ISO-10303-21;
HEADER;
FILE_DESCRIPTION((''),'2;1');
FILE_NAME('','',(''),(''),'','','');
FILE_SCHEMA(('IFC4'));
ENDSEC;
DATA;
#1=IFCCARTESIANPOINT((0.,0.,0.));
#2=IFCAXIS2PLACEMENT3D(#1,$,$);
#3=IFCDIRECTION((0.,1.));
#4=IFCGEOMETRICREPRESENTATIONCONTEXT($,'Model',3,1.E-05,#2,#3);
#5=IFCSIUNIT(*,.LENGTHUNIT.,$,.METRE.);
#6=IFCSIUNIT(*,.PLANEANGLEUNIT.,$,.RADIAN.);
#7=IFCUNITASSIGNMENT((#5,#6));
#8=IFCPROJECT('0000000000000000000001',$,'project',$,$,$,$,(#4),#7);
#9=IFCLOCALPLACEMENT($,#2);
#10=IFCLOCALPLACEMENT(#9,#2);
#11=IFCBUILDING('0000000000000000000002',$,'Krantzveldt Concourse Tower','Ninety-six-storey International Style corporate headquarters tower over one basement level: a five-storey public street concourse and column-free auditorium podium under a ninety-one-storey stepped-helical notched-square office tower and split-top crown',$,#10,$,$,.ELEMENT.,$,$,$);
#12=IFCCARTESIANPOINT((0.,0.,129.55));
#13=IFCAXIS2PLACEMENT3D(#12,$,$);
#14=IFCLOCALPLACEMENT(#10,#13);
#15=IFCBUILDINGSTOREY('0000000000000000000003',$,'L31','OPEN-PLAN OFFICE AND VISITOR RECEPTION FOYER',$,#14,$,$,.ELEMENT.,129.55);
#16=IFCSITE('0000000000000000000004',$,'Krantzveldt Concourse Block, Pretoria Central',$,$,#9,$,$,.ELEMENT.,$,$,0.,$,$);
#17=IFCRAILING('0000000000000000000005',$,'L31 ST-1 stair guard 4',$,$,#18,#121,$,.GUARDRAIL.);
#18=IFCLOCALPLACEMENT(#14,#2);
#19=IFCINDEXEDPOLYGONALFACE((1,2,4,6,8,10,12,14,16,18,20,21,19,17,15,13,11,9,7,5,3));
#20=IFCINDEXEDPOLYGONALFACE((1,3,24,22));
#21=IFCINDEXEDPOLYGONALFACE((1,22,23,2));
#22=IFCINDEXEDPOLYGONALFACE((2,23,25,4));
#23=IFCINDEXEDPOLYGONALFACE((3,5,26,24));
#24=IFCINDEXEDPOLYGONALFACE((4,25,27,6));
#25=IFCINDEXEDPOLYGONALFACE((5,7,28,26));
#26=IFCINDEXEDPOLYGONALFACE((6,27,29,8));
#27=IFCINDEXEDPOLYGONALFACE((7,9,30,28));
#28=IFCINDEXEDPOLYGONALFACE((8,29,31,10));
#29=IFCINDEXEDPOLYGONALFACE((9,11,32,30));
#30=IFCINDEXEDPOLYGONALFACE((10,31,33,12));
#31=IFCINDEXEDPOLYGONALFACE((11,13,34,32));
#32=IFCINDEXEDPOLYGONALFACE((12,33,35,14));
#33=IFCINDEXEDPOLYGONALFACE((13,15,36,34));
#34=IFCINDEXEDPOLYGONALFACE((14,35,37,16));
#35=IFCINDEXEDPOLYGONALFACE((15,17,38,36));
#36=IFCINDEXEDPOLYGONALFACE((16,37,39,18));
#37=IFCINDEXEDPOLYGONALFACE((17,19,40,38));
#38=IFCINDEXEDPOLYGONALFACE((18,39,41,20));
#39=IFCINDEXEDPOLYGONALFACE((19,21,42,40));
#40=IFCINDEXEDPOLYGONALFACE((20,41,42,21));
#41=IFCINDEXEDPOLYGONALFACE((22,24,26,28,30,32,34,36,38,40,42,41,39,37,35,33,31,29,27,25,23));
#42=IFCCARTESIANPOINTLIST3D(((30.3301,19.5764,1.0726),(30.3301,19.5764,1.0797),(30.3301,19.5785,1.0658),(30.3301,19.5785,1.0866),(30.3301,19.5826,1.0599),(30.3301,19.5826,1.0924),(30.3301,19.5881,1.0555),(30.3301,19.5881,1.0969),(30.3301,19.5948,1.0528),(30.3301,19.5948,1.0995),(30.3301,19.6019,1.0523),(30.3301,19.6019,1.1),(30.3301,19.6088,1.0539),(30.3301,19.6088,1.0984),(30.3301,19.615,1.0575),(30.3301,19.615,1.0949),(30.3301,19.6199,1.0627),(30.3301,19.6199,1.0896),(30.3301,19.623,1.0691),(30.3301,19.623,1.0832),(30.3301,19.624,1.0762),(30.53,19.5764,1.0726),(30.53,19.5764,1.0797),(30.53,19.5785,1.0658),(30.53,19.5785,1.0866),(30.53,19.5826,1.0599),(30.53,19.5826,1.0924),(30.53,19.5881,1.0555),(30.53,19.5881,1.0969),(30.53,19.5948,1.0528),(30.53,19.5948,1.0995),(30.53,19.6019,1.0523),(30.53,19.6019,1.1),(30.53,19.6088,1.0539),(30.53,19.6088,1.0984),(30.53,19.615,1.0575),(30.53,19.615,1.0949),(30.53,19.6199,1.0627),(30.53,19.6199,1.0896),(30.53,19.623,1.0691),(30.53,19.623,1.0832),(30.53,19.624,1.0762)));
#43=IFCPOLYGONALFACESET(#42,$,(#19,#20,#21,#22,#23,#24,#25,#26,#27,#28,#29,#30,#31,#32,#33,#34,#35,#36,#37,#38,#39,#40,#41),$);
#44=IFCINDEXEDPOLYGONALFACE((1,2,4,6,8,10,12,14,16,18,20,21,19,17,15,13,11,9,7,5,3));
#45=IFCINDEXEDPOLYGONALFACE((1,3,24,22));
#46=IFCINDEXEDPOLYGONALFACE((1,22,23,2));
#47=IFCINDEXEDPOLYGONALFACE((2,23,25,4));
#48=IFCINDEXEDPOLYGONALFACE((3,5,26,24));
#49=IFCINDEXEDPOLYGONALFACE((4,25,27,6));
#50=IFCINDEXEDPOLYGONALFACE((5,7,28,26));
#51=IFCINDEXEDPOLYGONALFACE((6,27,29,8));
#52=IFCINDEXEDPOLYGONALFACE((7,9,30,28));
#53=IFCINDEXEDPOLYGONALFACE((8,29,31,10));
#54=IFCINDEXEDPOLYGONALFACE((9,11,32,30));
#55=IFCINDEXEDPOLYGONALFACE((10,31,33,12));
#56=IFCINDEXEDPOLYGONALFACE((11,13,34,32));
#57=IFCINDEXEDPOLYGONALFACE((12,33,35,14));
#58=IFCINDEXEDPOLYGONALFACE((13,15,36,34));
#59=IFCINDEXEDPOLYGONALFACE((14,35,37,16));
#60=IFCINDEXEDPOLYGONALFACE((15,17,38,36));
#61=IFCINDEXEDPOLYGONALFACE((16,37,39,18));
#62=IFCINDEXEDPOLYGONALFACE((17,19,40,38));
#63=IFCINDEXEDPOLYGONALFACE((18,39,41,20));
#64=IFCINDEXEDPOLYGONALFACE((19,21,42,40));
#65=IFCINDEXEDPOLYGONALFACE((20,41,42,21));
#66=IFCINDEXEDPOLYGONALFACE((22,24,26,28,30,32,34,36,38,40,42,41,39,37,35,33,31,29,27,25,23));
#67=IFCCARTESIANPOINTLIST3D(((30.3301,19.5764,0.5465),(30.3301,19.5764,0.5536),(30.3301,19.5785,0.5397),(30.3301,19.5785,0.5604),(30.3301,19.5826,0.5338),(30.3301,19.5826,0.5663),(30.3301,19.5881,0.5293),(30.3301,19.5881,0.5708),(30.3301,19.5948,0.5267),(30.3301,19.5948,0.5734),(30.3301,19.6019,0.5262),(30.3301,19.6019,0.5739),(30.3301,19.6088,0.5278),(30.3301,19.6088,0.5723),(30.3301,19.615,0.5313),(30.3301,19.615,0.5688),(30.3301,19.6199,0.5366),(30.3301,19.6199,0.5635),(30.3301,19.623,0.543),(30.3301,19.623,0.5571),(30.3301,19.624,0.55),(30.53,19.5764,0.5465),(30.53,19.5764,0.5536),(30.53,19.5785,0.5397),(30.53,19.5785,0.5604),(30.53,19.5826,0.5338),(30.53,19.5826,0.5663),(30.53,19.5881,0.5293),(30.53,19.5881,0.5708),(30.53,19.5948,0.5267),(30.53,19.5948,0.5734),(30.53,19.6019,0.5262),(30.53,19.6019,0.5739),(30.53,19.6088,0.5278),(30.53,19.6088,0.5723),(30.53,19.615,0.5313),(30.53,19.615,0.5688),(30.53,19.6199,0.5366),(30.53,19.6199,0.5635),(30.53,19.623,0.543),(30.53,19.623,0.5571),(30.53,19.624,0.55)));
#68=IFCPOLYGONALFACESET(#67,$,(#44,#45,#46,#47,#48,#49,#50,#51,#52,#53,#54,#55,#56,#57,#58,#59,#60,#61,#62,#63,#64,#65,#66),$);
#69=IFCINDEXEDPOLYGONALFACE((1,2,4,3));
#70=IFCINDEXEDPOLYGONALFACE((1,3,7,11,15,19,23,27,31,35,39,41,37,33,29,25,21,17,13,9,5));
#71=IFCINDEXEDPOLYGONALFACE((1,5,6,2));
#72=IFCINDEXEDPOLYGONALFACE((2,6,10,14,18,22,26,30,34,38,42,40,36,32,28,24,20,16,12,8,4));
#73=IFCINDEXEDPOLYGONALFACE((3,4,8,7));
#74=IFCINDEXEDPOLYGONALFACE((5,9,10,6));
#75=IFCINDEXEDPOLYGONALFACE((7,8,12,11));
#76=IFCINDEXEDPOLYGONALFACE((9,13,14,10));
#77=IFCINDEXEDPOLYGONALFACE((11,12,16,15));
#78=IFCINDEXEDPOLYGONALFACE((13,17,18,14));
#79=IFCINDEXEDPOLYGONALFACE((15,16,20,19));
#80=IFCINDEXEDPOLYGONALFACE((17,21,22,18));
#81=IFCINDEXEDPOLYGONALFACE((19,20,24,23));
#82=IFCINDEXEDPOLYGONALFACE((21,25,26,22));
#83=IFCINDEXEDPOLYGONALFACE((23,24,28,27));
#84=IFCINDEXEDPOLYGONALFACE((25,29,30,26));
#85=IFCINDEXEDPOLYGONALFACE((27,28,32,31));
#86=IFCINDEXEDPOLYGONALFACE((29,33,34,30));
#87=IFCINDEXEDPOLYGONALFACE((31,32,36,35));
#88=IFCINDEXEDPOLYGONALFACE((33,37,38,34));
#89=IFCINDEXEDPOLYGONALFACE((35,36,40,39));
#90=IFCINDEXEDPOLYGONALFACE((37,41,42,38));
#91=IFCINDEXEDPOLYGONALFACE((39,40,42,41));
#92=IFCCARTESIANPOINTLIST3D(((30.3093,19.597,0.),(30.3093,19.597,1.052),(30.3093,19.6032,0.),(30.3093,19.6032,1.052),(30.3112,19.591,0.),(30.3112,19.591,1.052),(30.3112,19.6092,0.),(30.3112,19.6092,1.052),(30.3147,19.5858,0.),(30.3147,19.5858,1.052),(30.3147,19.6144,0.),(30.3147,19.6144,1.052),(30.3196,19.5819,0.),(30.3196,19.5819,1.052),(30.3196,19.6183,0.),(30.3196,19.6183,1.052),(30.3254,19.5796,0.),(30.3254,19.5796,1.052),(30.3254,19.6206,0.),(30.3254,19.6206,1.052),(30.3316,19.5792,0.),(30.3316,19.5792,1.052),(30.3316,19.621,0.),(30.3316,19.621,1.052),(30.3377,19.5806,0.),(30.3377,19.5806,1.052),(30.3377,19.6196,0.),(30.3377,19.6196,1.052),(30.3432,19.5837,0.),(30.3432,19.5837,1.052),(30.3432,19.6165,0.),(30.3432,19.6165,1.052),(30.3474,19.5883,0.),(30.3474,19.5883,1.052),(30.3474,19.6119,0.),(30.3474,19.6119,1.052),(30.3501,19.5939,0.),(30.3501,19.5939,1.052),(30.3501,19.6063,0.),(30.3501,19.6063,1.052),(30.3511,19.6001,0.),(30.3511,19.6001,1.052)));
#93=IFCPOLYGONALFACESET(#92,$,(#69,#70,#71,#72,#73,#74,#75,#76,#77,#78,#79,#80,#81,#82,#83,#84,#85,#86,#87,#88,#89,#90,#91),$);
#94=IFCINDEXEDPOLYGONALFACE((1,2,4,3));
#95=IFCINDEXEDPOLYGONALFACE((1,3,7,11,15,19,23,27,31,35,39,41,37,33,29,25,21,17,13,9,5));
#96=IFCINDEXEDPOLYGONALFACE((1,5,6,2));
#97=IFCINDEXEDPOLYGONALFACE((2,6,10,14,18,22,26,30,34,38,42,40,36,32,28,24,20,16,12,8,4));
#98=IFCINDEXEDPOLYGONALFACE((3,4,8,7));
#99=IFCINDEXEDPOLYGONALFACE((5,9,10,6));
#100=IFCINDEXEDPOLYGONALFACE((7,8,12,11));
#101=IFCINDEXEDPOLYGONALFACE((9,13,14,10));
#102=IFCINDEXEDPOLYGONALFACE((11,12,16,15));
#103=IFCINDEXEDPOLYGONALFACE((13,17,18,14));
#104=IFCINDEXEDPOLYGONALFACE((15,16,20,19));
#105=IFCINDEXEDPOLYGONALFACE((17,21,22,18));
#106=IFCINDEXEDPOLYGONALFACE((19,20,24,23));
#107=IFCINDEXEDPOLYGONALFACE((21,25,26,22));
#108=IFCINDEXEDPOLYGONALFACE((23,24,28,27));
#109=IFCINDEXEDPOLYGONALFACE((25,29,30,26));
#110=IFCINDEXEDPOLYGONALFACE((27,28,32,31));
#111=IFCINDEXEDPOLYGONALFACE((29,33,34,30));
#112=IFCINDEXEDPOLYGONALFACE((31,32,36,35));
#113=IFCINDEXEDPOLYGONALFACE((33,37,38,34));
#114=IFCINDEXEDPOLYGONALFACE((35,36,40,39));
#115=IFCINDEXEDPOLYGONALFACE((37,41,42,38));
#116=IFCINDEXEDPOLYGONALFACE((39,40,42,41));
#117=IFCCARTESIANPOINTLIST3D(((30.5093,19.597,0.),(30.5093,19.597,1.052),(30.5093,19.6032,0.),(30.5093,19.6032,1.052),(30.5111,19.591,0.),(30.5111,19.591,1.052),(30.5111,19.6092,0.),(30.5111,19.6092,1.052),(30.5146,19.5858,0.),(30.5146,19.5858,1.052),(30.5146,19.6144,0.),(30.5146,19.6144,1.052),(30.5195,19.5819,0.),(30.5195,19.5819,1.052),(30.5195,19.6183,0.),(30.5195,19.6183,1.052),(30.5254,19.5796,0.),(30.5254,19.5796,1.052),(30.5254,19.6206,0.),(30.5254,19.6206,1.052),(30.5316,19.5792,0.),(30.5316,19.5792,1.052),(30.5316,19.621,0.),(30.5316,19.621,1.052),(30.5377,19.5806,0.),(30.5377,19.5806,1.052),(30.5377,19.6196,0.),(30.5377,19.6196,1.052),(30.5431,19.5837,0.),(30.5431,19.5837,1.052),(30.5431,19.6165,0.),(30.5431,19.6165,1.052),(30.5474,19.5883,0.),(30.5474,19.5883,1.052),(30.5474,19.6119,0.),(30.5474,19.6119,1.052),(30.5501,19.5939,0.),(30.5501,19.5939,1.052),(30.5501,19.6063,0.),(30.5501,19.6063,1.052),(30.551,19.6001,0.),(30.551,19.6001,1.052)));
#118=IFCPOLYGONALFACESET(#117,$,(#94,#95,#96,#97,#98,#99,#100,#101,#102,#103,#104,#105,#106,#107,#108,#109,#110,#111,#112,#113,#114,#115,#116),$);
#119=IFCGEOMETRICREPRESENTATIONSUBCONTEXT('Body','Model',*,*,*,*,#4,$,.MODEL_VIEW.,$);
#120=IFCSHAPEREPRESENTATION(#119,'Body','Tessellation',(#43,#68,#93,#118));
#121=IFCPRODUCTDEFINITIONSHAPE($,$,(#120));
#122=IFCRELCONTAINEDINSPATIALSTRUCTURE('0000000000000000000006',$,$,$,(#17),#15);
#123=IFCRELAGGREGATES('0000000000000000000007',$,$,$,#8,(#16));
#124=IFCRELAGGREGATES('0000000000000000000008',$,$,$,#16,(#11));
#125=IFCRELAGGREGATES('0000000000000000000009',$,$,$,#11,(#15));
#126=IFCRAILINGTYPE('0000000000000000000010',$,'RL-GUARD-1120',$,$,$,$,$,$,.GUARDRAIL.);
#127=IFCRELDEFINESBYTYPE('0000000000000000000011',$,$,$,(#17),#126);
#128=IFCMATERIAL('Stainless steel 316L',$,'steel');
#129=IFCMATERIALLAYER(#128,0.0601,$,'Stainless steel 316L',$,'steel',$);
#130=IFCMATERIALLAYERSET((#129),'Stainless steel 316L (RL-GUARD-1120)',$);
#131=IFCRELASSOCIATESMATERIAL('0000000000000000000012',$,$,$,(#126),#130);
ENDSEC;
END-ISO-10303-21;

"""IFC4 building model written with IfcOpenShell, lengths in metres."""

from ifc_helpers import new_model, si_unit, direction, frame, origin, origin_2d, place, context, subcontext, project, spatial, circle, extrude, material, layer, layer_set, type_object, element, save


model = new_model("IFC4")

# Units and contexts
model_context = context("Model", 3, precision=1e-05, world=origin(), true_north=direction((0.0, 1.0)))
body_context = subcontext(model_context, "Body", "Model", "MODEL_VIEW")
ifc_project = project(units=[si_unit("LENGTHUNIT", "METRE"), si_unit("PLANEANGLEUNIT", "RADIAN")], contexts=[model_context])

# Site, building, storey
site_placement = place(None, origin())
site = spatial("IfcSite", under=ifc_project, at=site_placement, Name="Krantzveldt Concourse Block, Pretoria Central", CompositionType="ELEMENT", RefElevation=0.0)
building_placement = place(site_placement, origin())
building = spatial("IfcBuilding", under=site, at=building_placement, Name="Krantzveldt Concourse Tower", Description="Ninety-six-storey International Style corporate headquarters tower over one basement level: a five-storey public street concourse and column-free auditorium podium under a ninety-one-storey stepped-helical notched-square office tower and split-top crown", CompositionType="ELEMENT")
storey_placement = place(building_placement, frame((0.0, 0.0, 129.55)))
storey = spatial("IfcBuildingStorey", under=building, at=storey_placement, Name="L31", Description="OPEN-PLAN OFFICE AND VISITOR RECEPTION FOYER", CompositionType="ELEMENT", Elevation=129.55)

# Shared definitions
ifc_material_1 = material(Name="Stainless steel 316L", Category="steel")

# Railing
ifc_layer_1 = layer(ifc_material_1, 0.0601, Name="Stainless steel 316L", Category="steel")
ifc_layer_set_1 = layer_set([ifc_layer_1], Name="Stainless steel 316L (RL-GUARD-1120)")
railing_type_1 = type_object("IfcRailingType", Name="RL-GUARD-1120", PredefinedType="GUARDRAIL", material=ifc_layer_set_1)
railing_1_placement = place(storey_placement, frame((30.3301, 19.6001, 0.0)))
element("IfcRailing", 1, at=railing_1_placement, inside=storey, type_object=railing_type_1, Name="L31 ST-1 stair guard 4", PredefinedType="GUARDRAIL", context=body_context, shape_type="SweptSolid", body=[
    extrude(circle(Radius=0.0239, at=origin_2d()), frame((0.0, 0.0, 1.0762), z_axis=(1.0, 0.0, 0.0), x_axis=(0.0, 1.0, 0.0)), (0.0, 0.0, 1.0), 0.2),
    extrude(circle(Radius=0.0239, at=origin_2d()), frame((0.0, 0.0, 0.55), z_axis=(1.0, 0.0, 0.0), x_axis=(0.0, 1.0, 0.0)), (0.0, 0.0, 1.0), 0.2),
    extrude(circle(Radius=0.021, at=origin_2d()), origin(), (0.0, 0.0, 1.0), 1.052),
    extrude(circle(Radius=0.021, at=origin_2d()), frame((0.2, 0.0, 0.0)), (0.0, 0.0, 1.0), 1.052),
])

save(model, "model.ifc")
